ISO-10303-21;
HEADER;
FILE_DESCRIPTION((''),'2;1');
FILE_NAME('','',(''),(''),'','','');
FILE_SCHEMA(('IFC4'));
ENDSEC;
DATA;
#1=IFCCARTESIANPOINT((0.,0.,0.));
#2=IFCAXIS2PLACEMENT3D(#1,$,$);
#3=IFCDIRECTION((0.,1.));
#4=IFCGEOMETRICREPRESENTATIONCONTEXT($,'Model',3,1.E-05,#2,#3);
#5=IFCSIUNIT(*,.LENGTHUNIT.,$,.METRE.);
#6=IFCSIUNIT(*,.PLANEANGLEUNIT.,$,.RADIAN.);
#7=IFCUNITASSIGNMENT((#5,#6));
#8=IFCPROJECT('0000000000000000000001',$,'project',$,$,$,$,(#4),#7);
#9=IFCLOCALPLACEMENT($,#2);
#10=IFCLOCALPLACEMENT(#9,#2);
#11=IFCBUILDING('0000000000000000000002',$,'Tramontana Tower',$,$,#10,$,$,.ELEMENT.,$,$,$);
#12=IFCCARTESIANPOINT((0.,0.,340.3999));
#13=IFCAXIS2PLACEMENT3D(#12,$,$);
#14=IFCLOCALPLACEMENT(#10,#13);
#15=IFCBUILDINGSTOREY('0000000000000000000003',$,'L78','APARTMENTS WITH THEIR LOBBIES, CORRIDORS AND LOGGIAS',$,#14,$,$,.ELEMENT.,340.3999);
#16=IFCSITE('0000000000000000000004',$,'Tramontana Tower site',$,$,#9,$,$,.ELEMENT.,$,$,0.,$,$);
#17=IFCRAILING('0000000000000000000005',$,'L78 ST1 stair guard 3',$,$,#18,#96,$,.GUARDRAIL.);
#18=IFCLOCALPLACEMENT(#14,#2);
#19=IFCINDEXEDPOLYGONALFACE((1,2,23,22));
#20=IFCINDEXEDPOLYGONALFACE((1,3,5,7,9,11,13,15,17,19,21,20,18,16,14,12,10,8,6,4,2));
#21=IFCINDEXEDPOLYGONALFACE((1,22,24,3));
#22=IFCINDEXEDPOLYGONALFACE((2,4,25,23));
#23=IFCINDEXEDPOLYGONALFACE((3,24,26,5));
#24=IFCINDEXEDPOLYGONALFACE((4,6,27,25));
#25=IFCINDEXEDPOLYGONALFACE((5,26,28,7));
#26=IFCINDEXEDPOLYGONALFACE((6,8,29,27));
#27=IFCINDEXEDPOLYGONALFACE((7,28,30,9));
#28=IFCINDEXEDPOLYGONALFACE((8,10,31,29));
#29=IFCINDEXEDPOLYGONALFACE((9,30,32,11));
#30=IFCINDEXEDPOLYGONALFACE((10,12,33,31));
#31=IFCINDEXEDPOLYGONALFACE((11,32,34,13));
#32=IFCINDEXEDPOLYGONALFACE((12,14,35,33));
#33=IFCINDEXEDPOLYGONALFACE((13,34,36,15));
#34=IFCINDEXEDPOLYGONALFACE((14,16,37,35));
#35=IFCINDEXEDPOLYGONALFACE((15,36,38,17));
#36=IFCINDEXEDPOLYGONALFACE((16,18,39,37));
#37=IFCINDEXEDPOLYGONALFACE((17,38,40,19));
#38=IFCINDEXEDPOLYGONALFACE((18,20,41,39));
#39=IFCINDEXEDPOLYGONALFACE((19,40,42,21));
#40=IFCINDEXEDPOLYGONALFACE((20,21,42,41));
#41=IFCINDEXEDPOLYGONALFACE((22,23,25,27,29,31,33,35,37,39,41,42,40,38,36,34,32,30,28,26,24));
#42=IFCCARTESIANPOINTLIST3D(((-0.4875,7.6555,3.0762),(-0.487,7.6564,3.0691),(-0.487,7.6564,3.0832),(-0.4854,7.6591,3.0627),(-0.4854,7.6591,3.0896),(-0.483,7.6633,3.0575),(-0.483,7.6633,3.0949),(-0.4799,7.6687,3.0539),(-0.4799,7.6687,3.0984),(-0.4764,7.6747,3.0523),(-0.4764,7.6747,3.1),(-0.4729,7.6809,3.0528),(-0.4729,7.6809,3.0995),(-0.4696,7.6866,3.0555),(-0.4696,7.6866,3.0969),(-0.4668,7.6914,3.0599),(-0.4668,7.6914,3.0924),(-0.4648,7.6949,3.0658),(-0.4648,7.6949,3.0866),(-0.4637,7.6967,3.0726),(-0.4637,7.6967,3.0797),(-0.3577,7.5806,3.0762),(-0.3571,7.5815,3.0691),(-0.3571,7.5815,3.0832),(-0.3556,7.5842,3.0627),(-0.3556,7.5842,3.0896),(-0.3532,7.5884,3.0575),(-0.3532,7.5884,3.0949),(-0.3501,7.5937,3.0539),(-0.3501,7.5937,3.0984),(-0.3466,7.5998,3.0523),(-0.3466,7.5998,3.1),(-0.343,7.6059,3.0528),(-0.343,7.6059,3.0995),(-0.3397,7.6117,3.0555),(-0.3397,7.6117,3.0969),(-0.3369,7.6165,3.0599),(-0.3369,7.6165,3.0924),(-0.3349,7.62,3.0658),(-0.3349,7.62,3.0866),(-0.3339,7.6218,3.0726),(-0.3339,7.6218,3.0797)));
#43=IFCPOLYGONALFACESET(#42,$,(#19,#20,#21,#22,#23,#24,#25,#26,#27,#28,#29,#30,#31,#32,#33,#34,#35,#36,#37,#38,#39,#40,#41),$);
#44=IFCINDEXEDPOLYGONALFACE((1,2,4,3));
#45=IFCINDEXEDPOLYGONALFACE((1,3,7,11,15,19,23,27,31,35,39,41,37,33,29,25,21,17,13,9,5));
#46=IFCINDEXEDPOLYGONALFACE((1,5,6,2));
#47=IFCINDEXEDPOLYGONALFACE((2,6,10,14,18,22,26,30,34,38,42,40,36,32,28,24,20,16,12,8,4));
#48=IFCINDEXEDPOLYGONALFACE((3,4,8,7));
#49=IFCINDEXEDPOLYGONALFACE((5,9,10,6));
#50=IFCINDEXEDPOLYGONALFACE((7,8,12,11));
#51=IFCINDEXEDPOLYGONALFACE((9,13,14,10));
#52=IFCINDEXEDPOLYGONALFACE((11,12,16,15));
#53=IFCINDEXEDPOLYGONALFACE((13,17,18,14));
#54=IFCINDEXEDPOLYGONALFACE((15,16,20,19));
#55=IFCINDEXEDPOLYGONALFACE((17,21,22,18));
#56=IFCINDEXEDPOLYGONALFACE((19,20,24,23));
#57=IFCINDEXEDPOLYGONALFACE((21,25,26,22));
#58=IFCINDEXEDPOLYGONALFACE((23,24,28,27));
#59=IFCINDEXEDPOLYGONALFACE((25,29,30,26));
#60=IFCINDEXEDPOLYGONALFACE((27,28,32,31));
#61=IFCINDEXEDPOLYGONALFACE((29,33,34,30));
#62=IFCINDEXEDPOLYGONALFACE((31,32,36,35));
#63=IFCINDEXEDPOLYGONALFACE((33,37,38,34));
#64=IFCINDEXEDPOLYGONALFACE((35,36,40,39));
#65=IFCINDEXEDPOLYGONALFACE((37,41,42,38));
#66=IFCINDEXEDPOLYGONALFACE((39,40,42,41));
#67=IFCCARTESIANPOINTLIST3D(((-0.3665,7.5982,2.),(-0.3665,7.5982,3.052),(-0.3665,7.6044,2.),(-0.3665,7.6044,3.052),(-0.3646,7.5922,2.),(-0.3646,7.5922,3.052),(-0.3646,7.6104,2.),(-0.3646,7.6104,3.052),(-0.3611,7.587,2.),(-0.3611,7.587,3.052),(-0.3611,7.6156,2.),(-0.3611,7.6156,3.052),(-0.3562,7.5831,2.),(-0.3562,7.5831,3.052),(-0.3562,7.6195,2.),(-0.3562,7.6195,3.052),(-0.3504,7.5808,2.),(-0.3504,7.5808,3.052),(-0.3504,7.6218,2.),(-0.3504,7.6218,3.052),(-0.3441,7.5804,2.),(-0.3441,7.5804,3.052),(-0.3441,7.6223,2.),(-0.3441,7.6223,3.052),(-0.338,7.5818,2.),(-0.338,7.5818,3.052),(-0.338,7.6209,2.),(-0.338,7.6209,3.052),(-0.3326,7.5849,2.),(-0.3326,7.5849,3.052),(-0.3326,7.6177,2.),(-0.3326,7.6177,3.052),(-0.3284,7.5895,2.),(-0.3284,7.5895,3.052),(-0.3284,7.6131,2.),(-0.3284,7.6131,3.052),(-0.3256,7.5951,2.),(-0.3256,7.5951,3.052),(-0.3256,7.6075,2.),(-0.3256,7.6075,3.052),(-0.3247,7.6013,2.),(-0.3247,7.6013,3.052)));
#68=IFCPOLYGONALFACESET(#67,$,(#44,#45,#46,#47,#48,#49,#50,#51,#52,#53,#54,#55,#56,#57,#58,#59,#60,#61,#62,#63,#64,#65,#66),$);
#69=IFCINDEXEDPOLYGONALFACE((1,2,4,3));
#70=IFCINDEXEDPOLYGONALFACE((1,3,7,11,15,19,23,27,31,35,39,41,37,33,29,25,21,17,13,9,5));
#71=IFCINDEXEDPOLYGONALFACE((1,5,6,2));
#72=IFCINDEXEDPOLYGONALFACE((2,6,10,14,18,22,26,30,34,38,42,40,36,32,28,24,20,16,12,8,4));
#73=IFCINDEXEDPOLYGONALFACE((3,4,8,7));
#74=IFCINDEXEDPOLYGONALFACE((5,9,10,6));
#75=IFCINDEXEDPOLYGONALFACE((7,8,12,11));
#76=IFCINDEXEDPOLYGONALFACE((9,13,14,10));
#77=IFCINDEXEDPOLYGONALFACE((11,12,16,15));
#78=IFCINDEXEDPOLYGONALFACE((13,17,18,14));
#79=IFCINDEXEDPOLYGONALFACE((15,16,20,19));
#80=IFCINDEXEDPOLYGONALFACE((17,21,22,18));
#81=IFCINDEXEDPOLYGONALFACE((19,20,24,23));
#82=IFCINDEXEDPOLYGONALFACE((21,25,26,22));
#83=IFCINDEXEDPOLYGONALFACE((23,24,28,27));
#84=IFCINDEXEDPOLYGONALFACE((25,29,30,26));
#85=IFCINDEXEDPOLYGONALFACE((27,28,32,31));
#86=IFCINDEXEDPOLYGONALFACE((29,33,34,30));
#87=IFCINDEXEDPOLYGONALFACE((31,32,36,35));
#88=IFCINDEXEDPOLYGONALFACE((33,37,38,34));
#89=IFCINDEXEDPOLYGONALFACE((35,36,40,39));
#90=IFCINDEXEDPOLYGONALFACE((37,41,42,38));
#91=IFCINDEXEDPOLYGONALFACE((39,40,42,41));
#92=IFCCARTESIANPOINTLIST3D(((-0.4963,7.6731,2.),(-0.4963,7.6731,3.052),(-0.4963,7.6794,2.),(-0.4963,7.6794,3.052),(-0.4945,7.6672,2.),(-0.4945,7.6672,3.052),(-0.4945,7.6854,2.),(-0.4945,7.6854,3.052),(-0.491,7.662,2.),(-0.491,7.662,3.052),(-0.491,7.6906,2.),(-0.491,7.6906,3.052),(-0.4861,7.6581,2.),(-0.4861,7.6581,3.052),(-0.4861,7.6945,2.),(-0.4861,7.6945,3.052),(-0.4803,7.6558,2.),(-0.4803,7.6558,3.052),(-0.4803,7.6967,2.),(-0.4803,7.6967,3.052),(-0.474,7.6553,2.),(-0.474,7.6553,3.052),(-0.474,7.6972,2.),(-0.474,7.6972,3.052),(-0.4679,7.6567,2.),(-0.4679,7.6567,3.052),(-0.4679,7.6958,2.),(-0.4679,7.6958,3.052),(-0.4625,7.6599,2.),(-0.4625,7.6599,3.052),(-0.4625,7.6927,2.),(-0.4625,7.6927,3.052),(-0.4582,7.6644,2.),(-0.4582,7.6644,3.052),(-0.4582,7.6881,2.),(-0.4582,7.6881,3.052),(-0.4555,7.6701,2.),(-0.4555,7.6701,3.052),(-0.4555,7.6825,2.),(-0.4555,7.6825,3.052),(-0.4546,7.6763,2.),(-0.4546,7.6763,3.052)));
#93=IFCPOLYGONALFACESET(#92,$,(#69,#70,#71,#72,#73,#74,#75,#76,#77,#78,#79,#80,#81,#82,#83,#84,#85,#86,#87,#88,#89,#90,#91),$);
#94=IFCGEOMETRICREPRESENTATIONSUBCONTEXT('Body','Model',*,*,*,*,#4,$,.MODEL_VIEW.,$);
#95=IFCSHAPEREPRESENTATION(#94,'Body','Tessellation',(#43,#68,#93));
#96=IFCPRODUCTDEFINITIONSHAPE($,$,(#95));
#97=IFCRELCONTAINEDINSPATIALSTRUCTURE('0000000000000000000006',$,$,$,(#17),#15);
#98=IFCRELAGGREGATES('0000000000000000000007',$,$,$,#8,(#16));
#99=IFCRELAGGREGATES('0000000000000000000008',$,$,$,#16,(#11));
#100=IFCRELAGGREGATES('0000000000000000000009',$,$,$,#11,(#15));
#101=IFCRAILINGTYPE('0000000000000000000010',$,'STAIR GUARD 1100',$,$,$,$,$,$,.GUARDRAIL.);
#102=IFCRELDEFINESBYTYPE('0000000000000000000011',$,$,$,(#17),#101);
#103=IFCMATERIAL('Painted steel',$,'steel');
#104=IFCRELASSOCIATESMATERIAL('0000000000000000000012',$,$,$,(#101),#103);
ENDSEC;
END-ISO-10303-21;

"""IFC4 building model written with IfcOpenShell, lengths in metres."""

from ifc_helpers import new_model, si_unit, direction, frame, origin, origin_2d, place, context, subcontext, project, spatial, circle, extrude, material, type_object, element, save


model = new_model("IFC4")

# Units and contexts
model_context = context("Model", 3, precision=1e-05, world=origin(), true_north=direction((0.0, 1.0)))
body_context = subcontext(model_context, "Body", "Model", "MODEL_VIEW")
ifc_project = project(units=[si_unit("LENGTHUNIT", "METRE"), si_unit("PLANEANGLEUNIT", "RADIAN")], contexts=[model_context])

# Site, building, storey
site_placement = place(None, origin())
site = spatial("IfcSite", under=ifc_project, at=site_placement, Name="Tramontana Tower site", CompositionType="ELEMENT", RefElevation=0.0)
building_placement = place(site_placement, origin())
building = spatial("IfcBuilding", under=site, at=building_placement, Name="Tramontana Tower", CompositionType="ELEMENT")
storey_placement = place(building_placement, frame((0.0, 0.0, 340.3999)))
storey = spatial("IfcBuildingStorey", under=building, at=storey_placement, Name="L78", Description="APARTMENTS WITH THEIR LOBBIES, CORRIDORS AND LOGGIAS", CompositionType="ELEMENT", Elevation=340.3999)

# Railing
ifc_material_1 = material(Name="Painted steel", Category="steel")
railing_type_1 = type_object("IfcRailingType", Name="STAIR GUARD 1100", PredefinedType="GUARDRAIL", material=ifc_material_1)
railing_1_placement = place(storey_placement, frame((-0.3457, 7.6013, 2.0)))
element("IfcRailing", 1, at=railing_1_placement, inside=storey, type_object=railing_type_1, Name="L78 ST1 stair guard 3", PredefinedType="GUARDRAIL", context=body_context, shape_type="SweptSolid", body=[
    extrude(circle(Radius=0.0239, at=origin_2d()), frame((0.0, 0.0, 1.0762), z_axis=(-0.866131, 0.499816, 0.0), x_axis=(-0.499816, -0.866131, 0.0)), (0.0, 0.0, 1.0), 0.1499),
    extrude(circle(Radius=0.021, at=origin_2d()), origin(), (0.0, 0.0, 1.0), 1.052),
    extrude(circle(Radius=0.021, at=origin_2d()), frame((-0.1299, 0.075, 0.0)), (0.0, 0.0, 1.0), 1.052),
])

save(model, "model.ifc")
